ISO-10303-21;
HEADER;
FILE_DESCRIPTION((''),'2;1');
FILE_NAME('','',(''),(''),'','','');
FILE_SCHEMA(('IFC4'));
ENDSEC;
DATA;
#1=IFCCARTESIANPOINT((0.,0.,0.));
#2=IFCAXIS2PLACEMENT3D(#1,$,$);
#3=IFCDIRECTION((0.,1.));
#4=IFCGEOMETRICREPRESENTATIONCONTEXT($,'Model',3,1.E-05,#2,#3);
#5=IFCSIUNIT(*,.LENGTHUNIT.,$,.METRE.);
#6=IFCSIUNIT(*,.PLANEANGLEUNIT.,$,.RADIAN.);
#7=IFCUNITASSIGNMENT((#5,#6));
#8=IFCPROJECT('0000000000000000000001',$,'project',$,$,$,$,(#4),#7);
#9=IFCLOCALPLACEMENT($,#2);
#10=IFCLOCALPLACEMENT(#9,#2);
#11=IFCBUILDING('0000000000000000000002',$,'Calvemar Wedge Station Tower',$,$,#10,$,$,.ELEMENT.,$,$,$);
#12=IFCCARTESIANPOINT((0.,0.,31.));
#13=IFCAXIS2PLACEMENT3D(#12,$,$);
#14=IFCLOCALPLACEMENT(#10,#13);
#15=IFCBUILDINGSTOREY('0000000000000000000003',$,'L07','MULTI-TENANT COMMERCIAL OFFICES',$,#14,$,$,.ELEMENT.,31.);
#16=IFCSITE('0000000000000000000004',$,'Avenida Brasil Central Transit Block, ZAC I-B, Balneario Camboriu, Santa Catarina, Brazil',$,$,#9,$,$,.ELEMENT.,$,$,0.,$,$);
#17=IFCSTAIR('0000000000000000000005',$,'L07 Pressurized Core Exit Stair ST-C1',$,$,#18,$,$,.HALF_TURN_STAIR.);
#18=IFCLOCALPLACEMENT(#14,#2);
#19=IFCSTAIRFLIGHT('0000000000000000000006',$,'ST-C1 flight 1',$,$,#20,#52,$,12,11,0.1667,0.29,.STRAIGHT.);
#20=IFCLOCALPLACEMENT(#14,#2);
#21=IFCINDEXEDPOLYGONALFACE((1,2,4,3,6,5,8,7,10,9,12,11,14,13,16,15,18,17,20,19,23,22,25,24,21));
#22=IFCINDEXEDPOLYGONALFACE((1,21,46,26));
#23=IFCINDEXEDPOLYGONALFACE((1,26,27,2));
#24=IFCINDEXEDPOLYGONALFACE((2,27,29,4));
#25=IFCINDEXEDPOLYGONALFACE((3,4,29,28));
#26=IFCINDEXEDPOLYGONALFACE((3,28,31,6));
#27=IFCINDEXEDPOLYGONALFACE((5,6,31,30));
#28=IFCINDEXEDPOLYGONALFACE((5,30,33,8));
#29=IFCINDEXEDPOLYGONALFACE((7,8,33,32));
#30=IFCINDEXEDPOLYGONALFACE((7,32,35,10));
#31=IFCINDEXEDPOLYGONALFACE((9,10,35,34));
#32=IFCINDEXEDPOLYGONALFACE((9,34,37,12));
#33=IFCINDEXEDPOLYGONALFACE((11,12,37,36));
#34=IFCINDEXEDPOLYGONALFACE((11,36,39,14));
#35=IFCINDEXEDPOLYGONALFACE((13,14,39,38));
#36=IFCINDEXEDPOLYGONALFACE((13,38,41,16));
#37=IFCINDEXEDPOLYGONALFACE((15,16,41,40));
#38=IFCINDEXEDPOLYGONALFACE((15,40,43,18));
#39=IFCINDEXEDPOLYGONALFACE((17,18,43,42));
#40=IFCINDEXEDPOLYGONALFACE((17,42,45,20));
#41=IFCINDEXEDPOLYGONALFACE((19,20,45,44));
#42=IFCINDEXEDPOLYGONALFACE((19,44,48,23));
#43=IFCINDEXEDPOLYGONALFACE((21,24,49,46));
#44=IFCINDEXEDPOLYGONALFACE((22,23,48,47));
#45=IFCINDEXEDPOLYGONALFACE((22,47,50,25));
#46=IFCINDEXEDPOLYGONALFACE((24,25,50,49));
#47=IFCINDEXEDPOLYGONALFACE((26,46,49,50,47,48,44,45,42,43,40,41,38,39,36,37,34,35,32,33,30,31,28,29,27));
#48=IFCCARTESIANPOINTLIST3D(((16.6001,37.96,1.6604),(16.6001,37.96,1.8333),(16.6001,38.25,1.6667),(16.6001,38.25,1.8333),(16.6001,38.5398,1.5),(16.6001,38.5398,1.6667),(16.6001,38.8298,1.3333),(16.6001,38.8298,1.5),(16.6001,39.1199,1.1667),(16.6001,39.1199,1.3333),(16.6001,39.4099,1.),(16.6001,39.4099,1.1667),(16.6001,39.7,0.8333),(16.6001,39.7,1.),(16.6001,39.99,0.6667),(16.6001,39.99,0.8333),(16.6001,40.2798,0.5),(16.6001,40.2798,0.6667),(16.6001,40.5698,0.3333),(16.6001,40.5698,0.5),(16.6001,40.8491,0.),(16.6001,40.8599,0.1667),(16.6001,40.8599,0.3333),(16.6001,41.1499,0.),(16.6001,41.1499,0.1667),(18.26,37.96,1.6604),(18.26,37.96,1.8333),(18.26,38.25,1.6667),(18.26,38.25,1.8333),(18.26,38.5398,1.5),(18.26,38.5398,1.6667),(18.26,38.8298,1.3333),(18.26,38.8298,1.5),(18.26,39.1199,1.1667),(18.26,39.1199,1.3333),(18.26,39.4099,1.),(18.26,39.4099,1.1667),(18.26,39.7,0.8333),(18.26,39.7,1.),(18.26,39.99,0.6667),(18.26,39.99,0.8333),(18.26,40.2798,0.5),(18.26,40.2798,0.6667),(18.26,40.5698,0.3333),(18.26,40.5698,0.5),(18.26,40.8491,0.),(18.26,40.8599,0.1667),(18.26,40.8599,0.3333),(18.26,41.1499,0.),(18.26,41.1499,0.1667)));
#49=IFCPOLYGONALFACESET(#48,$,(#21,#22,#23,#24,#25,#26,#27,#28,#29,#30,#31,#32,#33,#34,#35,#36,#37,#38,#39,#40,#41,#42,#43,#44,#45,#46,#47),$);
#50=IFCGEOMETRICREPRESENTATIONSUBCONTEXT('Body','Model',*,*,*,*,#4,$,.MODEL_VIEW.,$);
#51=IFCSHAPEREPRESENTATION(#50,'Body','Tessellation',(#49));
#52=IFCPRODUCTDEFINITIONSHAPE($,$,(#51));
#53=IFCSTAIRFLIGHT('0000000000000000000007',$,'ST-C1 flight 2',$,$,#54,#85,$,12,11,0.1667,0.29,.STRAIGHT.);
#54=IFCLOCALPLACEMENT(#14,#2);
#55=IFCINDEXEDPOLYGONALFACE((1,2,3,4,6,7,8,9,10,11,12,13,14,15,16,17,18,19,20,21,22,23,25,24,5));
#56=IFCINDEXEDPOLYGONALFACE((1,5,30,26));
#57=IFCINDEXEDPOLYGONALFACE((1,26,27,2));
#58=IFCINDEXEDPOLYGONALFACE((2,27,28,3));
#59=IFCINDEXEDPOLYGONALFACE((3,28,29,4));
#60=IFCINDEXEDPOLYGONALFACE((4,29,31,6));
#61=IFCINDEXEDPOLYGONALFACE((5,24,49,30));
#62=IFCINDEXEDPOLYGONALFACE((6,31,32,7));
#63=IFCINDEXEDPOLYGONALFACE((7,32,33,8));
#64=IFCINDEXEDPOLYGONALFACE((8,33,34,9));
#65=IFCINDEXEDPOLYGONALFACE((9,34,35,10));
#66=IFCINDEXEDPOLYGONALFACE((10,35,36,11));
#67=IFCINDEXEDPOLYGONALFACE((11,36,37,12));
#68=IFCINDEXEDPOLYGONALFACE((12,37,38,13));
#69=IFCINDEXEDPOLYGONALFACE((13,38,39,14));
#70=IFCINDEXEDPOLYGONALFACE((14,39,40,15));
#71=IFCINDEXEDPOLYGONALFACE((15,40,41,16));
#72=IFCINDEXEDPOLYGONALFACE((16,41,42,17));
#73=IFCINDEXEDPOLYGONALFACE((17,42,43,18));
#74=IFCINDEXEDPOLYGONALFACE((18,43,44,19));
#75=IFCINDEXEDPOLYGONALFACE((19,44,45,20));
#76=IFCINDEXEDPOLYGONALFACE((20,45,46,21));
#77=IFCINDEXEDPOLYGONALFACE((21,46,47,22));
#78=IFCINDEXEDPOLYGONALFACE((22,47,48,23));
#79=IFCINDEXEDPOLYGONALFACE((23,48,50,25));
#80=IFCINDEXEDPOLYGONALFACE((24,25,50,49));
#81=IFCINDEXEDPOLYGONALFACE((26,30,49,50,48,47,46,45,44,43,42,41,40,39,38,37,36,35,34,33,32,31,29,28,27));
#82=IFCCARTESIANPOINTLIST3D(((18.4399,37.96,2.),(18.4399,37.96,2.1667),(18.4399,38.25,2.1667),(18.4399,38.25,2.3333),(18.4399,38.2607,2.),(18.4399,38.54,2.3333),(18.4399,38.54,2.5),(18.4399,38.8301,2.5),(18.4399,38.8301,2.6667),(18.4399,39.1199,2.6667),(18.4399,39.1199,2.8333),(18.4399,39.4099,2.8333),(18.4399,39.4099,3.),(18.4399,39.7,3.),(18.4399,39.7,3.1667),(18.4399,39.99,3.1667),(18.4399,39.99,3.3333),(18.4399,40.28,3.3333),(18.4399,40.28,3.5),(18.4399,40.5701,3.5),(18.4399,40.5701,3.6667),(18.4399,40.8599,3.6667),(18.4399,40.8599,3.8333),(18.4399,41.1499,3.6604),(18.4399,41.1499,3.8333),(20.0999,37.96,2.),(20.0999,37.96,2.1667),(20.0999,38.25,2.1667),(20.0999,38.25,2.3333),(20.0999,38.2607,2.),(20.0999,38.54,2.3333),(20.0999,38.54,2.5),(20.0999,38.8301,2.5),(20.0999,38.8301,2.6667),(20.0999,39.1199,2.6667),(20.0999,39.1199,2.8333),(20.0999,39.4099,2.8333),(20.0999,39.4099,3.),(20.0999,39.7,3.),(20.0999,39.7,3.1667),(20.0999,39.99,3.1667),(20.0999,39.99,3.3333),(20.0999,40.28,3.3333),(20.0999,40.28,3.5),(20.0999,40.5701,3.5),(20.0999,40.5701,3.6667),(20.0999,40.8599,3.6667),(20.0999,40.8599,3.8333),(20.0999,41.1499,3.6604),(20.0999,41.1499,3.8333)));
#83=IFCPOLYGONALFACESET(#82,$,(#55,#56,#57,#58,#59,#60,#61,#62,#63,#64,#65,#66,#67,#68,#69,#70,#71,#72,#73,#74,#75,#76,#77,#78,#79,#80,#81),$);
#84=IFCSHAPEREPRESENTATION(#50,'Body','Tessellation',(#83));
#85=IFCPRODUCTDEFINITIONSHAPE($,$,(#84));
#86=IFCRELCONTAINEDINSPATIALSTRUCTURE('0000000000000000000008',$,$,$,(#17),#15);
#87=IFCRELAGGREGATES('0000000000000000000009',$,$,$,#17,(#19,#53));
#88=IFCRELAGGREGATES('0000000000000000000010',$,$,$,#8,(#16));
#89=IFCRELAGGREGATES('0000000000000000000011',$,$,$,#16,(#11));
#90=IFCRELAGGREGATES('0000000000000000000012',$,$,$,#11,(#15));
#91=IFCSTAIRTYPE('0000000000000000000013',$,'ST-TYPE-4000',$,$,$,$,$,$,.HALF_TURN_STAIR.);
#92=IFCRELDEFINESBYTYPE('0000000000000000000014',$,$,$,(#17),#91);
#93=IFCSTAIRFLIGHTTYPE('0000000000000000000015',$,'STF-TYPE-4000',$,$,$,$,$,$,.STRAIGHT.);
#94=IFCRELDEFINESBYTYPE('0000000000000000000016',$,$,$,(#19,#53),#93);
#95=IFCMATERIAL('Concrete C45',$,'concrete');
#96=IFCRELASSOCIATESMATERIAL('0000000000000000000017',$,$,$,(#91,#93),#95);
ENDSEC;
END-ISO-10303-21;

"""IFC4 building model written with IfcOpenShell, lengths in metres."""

from ifc_helpers import new_model, si_unit, direction, frame, origin, place, context, subcontext, project, spatial, polyline, outline, extrude, material, type_object, element, aggregate, save


model = new_model("IFC4")

# Units and contexts
model_context = context("Model", 3, precision=1e-05, world=origin(), true_north=direction((0.0, 1.0)))
body_context = subcontext(model_context, "Body", "Model", "MODEL_VIEW")
ifc_project = project(units=[si_unit("LENGTHUNIT", "METRE"), si_unit("PLANEANGLEUNIT", "RADIAN")], contexts=[model_context])

# Site, building, storey
site_placement = place(None, origin())
site = spatial("IfcSite", under=ifc_project, at=site_placement, Name="Avenida Brasil Central Transit Block, ZAC I-B, Balneario Camboriu, Santa Catarina, Brazil", CompositionType="ELEMENT", RefElevation=0.0)
building_placement = place(site_placement, origin())
building = spatial("IfcBuilding", under=site, at=building_placement, Name="Calvemar Wedge Station Tower", CompositionType="ELEMENT")
storey_placement = place(building_placement, frame((0.0, 0.0, 31.0)))
storey = spatial("IfcBuildingStorey", under=building, at=storey_placement, Name="L07", Description="MULTI-TENANT COMMERCIAL OFFICES", CompositionType="ELEMENT", Elevation=31.0)

# Stair, stair flights
ifc_material_1 = material(Name="Concrete C45", Category="concrete")
stair_type = type_object("IfcStairType", Name="ST-TYPE-4000", PredefinedType="HALF_TURN_STAIR", material=ifc_material_1)
stair_placement = place(storey_placement, origin())
stair = element("IfcStair", 1, at=stair_placement, inside=storey, type_object=stair_type, Name="L07 Pressurized Core Exit Stair ST-C1", PredefinedType="HALF_TURN_STAIR")
stair_flight_type = type_object("IfcStairFlightType", Name="STF-TYPE-4000", PredefinedType="STRAIGHT", material=ifc_material_1)
stair_flight_1_placement = place(storey_placement, frame((17.4299, 41.1499, 0.0), z_axis=(0.0, 0.0, 1.0), x_axis=(0.0, -1.0, 0.0)))
stair_flight_1 = element("IfcStairFlight", 2, at=stair_flight_1_placement, type_object=stair_flight_type, Name="ST-C1 flight 1", NumberOfRisers=12, NumberOfTreads=11, PredefinedType="STRAIGHT", RiserHeight=0.1667, TreadLength=0.29, context=body_context, shape_type="SweptSolid", body=[
    extrude(outline(polyline([(0.0, 0.0), (0.0, 0.1667), (0.29, 0.1667), (0.29, 0.3333), (0.5801, 0.3333), (0.5801, 0.5), (0.8701, 0.5), (0.8701, 0.6667), (1.1599, 0.6667), (1.1599, 0.8333), (1.45, 0.8333), (1.45, 1.0), (1.74, 1.0), (1.74, 1.1667), (2.03, 1.1667), (2.03, 1.3333), (2.3201, 1.3333), (2.3201, 1.5), (2.6101, 1.5), (2.6101, 1.6667), (2.8999, 1.6667), (2.8999, 1.8333), (3.1899, 1.8333), (3.1899, 2.0), (3.1899, 1.6604), (0.3008, 0.0), (0.0, 0.0)])), frame((0.0, 0.8301, 0.0), z_axis=(0.0, -1.0, 0.0), x_axis=(1.0, 0.0, 0.0)), (0.0, 0.0, 1.0), 1.6599),
])
stair_flight_2_placement = place(storey_placement, frame((19.27, 37.96, 2.0), z_axis=(0.0, 0.0, 1.0), x_axis=(0.0, 1.0, 0.0)))
stair_flight_2 = element("IfcStairFlight", 3, at=stair_flight_2_placement, type_object=stair_flight_type, Name="ST-C1 flight 2", NumberOfRisers=12, NumberOfTreads=11, PredefinedType="STRAIGHT", RiserHeight=0.1667, TreadLength=0.29, context=body_context, shape_type="SweptSolid", body=[
    extrude(outline(polyline([(0.0, 0.0), (0.0, 0.1667), (0.29, 0.1667), (0.29, 0.3333), (0.5801, 0.3333), (0.5801, 0.5), (0.8701, 0.5), (0.8701, 0.6667), (1.1599, 0.6667), (1.1599, 0.8333), (1.45, 0.8333), (1.45, 1.0), (1.74, 1.0), (1.74, 1.1667), (2.03, 1.1667), (2.03, 1.3333), (2.3201, 1.3333), (2.3201, 1.5), (2.6101, 1.5), (2.6101, 1.6667), (2.8999, 1.6667), (2.8999, 1.8333), (3.1899, 1.8333), (3.1899, 2.0), (3.1899, 1.6604), (0.3008, 0.0), (0.0, 0.0)])), frame((0.0, 0.8301, 0.0), z_axis=(0.0, -1.0, 0.0), x_axis=(1.0, 0.0, 0.0)), (0.0, 0.0, 1.0), 1.6599),
])
aggregate(stair, [stair_flight_1, stair_flight_2])

save(model, "model.ifc")
